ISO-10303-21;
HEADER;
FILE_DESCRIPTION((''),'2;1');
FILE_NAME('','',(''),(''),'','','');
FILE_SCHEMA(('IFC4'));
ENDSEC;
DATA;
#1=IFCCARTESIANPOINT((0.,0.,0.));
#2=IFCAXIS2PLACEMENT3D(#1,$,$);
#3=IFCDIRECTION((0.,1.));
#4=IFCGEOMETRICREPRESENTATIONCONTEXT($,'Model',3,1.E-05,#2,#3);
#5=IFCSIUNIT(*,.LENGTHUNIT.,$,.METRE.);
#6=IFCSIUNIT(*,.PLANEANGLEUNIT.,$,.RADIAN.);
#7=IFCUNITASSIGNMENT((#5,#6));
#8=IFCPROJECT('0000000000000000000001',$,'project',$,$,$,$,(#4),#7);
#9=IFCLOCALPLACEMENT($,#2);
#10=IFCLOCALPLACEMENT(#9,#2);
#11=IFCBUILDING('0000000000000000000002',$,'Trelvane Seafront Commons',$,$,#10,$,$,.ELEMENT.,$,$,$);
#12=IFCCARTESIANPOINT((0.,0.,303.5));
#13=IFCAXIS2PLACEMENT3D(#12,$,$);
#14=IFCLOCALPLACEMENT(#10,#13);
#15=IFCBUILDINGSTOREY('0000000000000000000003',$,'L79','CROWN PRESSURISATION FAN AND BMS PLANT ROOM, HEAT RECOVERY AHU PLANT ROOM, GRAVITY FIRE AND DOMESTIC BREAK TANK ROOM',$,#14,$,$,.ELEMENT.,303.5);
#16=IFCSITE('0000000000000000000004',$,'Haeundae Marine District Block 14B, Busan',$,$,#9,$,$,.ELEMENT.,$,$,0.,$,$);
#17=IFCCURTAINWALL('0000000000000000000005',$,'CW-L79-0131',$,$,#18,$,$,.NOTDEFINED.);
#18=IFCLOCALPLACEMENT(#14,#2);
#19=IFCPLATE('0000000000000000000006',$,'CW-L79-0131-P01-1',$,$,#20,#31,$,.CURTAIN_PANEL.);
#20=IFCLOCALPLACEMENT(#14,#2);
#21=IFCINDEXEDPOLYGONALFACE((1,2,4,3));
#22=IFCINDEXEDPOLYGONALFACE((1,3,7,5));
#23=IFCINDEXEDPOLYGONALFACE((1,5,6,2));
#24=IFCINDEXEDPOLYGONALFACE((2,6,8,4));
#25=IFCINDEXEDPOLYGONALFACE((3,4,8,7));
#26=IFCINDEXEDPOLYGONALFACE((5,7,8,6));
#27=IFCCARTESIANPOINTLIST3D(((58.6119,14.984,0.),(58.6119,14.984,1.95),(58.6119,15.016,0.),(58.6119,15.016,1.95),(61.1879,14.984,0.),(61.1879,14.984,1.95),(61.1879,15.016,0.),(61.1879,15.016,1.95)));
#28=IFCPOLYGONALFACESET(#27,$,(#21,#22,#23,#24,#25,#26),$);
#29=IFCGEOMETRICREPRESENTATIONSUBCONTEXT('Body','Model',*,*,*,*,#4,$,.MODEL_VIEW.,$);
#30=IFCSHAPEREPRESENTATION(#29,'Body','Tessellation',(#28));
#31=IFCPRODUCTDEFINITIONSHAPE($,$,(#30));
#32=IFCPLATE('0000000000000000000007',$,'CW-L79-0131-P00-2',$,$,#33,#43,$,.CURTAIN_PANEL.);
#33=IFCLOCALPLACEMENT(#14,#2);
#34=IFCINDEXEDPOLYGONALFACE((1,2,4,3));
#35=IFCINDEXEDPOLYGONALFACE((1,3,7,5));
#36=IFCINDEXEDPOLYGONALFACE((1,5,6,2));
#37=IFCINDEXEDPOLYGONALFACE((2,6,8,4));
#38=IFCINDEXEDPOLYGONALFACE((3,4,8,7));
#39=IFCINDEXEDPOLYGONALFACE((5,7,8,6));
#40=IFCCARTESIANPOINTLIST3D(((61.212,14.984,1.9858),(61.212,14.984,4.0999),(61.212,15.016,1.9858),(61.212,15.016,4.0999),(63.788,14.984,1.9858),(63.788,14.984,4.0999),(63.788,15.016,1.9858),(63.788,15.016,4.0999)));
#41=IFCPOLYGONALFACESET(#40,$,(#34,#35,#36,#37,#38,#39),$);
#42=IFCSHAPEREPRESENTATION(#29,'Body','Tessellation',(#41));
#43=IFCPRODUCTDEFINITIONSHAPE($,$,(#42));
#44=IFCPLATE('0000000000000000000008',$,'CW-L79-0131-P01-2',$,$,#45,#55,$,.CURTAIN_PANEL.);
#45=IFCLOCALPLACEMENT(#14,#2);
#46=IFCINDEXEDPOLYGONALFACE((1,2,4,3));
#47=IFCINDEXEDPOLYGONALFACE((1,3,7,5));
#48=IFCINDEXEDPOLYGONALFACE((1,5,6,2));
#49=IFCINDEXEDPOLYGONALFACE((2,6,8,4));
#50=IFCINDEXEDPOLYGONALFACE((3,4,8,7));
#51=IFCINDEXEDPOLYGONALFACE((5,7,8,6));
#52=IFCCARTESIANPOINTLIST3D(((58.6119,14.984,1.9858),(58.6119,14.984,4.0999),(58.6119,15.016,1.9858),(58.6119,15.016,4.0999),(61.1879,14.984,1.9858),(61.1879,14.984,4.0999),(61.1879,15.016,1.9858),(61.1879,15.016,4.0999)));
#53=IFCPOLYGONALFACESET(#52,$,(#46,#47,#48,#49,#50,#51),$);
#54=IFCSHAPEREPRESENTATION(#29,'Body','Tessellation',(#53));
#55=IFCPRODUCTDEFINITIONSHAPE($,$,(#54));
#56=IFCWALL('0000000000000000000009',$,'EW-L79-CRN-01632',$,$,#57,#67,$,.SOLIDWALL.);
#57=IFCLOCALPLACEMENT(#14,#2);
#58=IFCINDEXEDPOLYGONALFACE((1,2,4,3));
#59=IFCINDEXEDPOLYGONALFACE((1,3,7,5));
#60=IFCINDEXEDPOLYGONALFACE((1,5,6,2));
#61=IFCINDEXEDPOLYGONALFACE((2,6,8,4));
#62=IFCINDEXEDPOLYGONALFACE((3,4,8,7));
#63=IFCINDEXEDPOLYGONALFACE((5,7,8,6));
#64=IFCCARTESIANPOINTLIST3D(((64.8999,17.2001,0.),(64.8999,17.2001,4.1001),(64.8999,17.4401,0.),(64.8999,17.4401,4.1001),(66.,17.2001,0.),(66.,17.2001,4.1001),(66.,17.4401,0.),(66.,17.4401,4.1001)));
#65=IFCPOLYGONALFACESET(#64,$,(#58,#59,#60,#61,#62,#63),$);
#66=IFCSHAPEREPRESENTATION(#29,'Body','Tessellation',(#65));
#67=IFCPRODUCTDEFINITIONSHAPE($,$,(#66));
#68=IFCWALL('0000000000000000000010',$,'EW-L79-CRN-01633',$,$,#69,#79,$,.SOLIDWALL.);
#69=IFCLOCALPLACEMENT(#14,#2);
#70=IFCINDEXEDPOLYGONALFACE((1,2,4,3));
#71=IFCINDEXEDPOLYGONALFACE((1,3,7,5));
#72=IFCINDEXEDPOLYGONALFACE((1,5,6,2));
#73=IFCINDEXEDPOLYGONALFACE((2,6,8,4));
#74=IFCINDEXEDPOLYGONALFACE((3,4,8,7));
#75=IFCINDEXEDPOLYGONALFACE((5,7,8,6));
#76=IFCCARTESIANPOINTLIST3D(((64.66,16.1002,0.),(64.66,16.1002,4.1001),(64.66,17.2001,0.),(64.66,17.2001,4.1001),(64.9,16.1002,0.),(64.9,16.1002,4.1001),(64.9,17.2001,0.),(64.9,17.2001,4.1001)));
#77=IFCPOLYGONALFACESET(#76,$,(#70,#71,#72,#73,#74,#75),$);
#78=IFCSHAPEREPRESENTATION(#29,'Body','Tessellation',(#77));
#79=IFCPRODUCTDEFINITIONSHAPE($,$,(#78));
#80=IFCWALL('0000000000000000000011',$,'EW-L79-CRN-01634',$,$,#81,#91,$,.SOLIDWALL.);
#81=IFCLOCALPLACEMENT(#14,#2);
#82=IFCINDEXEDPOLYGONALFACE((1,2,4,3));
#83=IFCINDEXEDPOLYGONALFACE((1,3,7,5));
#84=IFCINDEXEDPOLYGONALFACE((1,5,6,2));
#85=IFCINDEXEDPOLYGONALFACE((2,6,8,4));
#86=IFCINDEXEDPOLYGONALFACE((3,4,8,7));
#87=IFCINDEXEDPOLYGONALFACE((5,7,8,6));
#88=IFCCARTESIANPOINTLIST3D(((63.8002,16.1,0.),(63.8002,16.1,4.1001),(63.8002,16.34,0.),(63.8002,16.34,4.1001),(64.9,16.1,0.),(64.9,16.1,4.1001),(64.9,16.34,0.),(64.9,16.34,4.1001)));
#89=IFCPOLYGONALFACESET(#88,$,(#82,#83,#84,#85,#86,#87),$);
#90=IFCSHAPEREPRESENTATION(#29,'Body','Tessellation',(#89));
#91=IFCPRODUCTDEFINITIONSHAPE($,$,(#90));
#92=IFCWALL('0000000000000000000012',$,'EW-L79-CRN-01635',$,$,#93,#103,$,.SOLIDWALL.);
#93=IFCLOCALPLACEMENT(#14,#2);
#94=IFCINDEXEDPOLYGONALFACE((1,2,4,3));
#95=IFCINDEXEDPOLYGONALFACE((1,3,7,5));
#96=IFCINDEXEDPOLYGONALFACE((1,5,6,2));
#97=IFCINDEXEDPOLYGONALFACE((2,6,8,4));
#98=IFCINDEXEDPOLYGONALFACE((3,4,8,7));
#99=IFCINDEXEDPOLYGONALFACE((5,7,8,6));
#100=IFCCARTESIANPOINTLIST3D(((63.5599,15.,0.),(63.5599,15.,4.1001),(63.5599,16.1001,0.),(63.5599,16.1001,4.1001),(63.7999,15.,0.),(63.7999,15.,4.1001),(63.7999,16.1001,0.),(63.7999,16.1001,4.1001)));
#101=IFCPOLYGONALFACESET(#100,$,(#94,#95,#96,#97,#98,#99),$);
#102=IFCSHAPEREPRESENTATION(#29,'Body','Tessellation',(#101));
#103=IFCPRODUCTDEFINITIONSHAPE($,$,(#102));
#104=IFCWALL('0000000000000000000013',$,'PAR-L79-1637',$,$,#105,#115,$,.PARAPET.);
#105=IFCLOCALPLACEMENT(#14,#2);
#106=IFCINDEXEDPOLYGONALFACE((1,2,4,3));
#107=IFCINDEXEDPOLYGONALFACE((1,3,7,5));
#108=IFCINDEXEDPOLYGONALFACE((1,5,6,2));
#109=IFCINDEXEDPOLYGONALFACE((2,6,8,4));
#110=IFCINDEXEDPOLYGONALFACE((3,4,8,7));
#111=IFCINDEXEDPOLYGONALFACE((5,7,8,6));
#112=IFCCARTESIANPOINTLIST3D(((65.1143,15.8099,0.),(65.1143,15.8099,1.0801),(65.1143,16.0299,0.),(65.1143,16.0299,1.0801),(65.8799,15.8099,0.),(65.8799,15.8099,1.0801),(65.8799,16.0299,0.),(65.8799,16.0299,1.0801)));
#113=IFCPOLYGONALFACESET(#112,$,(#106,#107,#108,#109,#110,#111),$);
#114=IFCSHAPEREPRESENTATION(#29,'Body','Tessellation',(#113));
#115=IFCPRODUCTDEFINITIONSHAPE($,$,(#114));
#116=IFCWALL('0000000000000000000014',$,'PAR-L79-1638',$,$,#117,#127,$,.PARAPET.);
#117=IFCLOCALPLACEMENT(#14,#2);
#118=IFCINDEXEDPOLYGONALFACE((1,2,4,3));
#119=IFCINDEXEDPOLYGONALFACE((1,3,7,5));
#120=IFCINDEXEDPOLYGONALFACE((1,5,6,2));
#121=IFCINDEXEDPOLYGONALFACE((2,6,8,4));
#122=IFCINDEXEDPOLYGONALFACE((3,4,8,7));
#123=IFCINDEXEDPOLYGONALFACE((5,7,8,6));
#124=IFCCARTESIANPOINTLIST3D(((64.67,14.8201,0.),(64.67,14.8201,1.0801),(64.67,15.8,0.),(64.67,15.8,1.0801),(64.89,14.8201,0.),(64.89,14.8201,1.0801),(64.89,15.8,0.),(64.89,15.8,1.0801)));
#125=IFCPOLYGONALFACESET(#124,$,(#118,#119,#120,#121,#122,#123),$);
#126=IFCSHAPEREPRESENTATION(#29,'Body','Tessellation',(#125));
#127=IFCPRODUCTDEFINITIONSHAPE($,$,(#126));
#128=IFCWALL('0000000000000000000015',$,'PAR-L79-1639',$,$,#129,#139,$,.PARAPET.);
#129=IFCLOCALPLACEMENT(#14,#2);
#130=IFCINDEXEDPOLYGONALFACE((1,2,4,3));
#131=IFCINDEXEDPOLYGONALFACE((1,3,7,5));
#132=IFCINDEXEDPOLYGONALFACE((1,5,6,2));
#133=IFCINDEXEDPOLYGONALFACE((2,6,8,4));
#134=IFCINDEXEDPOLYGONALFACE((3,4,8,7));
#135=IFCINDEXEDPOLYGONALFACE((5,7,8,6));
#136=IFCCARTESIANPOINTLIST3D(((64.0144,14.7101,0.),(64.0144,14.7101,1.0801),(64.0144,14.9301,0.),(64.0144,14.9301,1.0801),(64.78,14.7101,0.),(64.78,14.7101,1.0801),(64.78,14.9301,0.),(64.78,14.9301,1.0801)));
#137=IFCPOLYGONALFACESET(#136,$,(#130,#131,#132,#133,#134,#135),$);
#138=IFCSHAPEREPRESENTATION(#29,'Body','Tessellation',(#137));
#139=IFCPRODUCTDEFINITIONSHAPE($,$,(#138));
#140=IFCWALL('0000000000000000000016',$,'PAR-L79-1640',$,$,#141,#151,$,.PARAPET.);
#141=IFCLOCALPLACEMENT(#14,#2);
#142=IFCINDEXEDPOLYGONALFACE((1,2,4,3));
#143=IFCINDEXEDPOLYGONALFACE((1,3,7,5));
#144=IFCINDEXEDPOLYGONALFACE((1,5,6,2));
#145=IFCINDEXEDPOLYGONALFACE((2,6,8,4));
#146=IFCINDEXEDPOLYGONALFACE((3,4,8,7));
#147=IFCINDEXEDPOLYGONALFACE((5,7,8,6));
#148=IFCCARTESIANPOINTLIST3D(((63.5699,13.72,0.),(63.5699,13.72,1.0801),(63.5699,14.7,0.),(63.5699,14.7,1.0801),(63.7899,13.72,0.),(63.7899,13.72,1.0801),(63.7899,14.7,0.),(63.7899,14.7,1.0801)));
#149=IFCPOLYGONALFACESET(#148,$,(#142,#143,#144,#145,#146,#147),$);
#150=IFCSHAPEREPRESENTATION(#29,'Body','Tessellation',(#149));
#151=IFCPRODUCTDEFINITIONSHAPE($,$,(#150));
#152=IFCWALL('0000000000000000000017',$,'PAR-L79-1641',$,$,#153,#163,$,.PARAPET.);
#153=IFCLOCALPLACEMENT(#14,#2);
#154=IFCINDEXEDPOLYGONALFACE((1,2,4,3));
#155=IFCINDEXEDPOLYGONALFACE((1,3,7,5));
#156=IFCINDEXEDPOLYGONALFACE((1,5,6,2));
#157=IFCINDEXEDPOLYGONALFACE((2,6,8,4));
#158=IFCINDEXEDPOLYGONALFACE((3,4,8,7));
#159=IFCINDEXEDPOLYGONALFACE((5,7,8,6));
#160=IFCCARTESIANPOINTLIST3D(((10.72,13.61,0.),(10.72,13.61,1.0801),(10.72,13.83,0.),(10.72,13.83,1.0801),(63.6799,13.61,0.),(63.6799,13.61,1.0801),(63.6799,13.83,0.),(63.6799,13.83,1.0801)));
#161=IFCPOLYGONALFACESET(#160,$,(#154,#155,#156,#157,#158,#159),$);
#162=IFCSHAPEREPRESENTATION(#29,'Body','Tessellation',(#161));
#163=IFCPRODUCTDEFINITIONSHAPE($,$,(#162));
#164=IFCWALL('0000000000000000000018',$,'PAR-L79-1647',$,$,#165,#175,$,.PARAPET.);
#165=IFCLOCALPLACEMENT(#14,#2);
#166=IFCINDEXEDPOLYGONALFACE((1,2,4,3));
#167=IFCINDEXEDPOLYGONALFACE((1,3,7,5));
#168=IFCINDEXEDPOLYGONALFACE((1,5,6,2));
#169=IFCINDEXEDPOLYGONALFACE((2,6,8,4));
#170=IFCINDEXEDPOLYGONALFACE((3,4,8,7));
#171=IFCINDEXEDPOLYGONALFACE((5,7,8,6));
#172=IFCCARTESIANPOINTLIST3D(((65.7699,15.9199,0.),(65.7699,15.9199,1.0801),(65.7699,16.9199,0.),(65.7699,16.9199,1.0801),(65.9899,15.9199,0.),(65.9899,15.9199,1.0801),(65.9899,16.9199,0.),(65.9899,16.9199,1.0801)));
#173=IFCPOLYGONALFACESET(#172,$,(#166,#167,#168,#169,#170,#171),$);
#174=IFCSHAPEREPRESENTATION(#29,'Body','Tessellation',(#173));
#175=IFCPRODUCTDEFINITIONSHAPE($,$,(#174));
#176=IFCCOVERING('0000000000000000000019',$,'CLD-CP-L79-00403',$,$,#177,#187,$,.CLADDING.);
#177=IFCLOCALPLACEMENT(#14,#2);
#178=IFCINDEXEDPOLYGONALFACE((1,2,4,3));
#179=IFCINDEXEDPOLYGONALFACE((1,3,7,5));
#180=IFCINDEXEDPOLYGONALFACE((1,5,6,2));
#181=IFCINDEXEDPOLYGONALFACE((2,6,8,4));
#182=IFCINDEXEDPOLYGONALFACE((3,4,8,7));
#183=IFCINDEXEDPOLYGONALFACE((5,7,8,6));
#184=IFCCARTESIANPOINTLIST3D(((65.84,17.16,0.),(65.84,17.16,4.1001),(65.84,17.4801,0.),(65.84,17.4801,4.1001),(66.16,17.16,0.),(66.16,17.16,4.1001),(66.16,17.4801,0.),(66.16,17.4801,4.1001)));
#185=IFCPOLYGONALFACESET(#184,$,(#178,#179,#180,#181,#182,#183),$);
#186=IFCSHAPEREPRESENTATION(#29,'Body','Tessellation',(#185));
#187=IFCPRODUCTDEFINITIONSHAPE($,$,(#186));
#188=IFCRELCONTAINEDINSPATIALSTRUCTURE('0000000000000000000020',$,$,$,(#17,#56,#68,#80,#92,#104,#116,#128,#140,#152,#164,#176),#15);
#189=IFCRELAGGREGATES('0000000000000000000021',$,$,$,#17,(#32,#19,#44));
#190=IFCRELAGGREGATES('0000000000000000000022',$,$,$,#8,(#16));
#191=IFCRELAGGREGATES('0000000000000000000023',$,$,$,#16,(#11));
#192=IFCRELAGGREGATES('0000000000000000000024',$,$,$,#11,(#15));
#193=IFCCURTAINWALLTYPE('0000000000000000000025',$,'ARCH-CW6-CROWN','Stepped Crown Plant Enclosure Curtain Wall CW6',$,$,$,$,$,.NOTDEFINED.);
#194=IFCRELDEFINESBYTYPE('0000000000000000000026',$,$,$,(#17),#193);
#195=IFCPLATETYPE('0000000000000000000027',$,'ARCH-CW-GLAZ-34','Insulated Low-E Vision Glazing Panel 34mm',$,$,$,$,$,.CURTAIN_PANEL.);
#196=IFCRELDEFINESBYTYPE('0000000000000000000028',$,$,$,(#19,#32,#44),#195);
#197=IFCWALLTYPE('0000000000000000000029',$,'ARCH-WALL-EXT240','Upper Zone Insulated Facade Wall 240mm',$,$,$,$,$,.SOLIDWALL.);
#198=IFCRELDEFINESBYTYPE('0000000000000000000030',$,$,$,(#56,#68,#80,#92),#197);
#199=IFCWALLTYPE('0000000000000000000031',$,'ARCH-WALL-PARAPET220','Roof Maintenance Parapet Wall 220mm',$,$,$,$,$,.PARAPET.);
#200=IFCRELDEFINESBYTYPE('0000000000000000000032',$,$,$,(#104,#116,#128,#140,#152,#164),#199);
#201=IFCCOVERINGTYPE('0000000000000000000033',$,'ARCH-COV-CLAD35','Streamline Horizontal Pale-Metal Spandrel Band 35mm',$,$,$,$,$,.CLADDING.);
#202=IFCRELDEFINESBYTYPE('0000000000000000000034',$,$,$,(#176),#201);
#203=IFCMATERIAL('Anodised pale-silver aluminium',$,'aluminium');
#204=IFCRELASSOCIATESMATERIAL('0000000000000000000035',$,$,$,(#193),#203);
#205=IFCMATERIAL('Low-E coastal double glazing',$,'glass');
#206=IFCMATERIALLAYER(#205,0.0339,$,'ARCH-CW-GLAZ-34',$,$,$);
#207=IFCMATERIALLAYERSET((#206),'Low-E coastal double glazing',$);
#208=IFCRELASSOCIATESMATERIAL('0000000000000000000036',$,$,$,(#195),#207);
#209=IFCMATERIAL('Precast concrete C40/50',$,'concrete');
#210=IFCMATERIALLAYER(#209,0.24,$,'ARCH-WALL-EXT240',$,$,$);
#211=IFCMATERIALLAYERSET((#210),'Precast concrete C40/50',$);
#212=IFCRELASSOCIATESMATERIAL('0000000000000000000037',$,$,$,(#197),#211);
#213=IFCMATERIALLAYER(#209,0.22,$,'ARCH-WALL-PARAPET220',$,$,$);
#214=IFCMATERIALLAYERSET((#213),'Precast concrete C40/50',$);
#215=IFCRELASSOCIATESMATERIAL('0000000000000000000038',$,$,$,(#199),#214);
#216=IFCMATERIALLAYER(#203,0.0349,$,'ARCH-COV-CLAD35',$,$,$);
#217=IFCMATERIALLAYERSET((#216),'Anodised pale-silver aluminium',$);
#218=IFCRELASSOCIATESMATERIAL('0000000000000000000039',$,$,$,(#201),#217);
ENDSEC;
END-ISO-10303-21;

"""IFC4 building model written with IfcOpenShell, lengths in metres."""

from ifc_helpers import new_model, si_unit, direction, frame, frame_2d, origin, origin_2d, place, context, subcontext, project, spatial, rectangle, extrude, source, transform, mapped, material, layer, layer_set, type_object, element, aggregate, save


model = new_model("IFC4")

# Units and contexts
model_context = context("Model", 3, precision=1e-05, world=origin(), true_north=direction((0.0, 1.0)))
body_context = subcontext(model_context, "Body", "Model", "MODEL_VIEW")
ifc_project = project(units=[si_unit("LENGTHUNIT", "METRE"), si_unit("PLANEANGLEUNIT", "RADIAN")], contexts=[model_context])

# Site, building, storey
site_placement = place(None, origin())
site = spatial("IfcSite", under=ifc_project, at=site_placement, Name="Haeundae Marine District Block 14B, Busan", CompositionType="ELEMENT", RefElevation=0.0)
building_placement = place(site_placement, origin())
building = spatial("IfcBuilding", under=site, at=building_placement, Name="Trelvane Seafront Commons", CompositionType="ELEMENT")
storey_placement = place(building_placement, frame((0.0, 0.0, 303.5)))
storey = spatial("IfcBuildingStorey", under=building, at=storey_placement, Name="L79", Description="CROWN PRESSURISATION FAN AND BMS PLANT ROOM, HEAT RECOVERY AHU PLANT ROOM, GRAVITY FIRE AND DOMESTIC BREAK TANK ROOM", CompositionType="ELEMENT", Elevation=303.5)

# Shared definitions
ifc_material_1 = material(Name="Anodised pale-silver aluminium", Category="aluminium")
curtain_wall_type = type_object("IfcCurtainWallType", Name="ARCH-CW6-CROWN", Description="Stepped Crown Plant Enclosure Curtain Wall CW6", PredefinedType="NOTDEFINED", material=ifc_material_1)

# Curtain wall, plates
curtain_wall_1_placement = place(storey_placement, origin())
curtain_wall_1 = element("IfcCurtainWall", 1, at=curtain_wall_1_placement, inside=storey, type_object=curtain_wall_type, Name="CW-L79-0131", PredefinedType="NOTDEFINED")
ifc_material_2 = material(Name="Low-E coastal double glazing", Category="glass")
ifc_layer_1 = layer(ifc_material_2, 0.0339, Name="ARCH-CW-GLAZ-34")
ifc_layer_set_1 = layer_set([ifc_layer_1], Name="Low-E coastal double glazing")
plate_type = type_object("IfcPlateType", Name="ARCH-CW-GLAZ-34", Description="Insulated Low-E Vision Glazing Panel 34mm", PredefinedType="CURTAIN_PANEL", material=ifc_layer_set_1)
shared_shape_1 = source(origin(), body_context, "Body", "SweptSolid", [
    extrude(rectangle(XDim=2.5759, YDim=0.032, at=origin_2d()), origin(), (0.0, 0.0, 1.0), 1.95),
])
plate_1_placement = place(storey_placement, frame((59.8999, 15.0, 0.0), z_axis=(0.0, 0.0, 1.0), x_axis=(-1.0, 0.0, 0.0)))
plate_1 = element("IfcPlate", 2, at=plate_1_placement, type_object=plate_type, Name="CW-L79-0131-P01-1", PredefinedType="CURTAIN_PANEL", context=body_context, shape_type="MappedRepresentation", body=[
    mapped(shared_shape_1, transform((0.0, 0.0, 0.0), x_axis=(1.0, 0.0, 0.0), y_axis=(0.0, 1.0, 0.0), z_axis=(0.0, 0.0, 1.0), scale=1.0)),
])
shared_shape_2 = source(origin(), body_context, "Body", "SweptSolid", [
    extrude(rectangle(XDim=2.5759, YDim=0.032, at=origin_2d()), origin(), (0.0, 0.0, 1.0), 2.114),
])
plate_2_placement = place(storey_placement, frame((62.5, 15.0, 1.9858), z_axis=(0.0, 0.0, 1.0), x_axis=(-1.0, 0.0, 0.0)))
plate_2 = element("IfcPlate", 3, at=plate_2_placement, type_object=plate_type, Name="CW-L79-0131-P00-2", PredefinedType="CURTAIN_PANEL", context=body_context, shape_type="MappedRepresentation", body=[
    mapped(shared_shape_2, transform((0.0, 0.0, 0.0), x_axis=(1.0, 0.0, 0.0), y_axis=(0.0, 1.0, 0.0), z_axis=(0.0, 0.0, 1.0), scale=1.0)),
])
plate_3_placement = place(storey_placement, frame((59.8999, 15.0, 1.9858), z_axis=(0.0, 0.0, 1.0), x_axis=(-1.0, 0.0, 0.0)))
plate_3 = element("IfcPlate", 4, at=plate_3_placement, type_object=plate_type, Name="CW-L79-0131-P01-2", PredefinedType="CURTAIN_PANEL", context=body_context, shape_type="MappedRepresentation", body=[
    mapped(shared_shape_2, transform((0.0, 0.0, 0.0), x_axis=(1.0, 0.0, 0.0), y_axis=(0.0, 1.0, 0.0), z_axis=(0.0, 0.0, 1.0), scale=1.0)),
])
aggregate(curtain_wall_1, [plate_2, plate_1, plate_3])

# Walls
ifc_material_3 = material(Name="Precast concrete C40/50", Category="concrete")
ifc_layer_2 = layer(ifc_material_3, 0.24, Name="ARCH-WALL-EXT240")
ifc_layer_set_2 = layer_set([ifc_layer_2], Name="Precast concrete C40/50")
wall_type_1 = type_object("IfcWallType", Name="ARCH-WALL-EXT240", Description="Upper Zone Insulated Facade Wall 240mm", PredefinedType="SOLIDWALL", material=ifc_layer_set_2)
wall_1_placement = place(storey_placement, frame((66.0, 17.3201, 0.0), z_axis=(0.0, 0.0, 1.0), x_axis=(-1.0, 0.0, 0.0)))
element("IfcWall", 5, at=wall_1_placement, inside=storey, type_object=wall_type_1, Name="EW-L79-CRN-01632", PredefinedType="SOLIDWALL", context=body_context, shape_type="SweptSolid", body=[
    extrude(rectangle(XDim=1.1001, YDim=0.24, at=frame_2d((0.55, 0.0))), origin(), (0.0, 0.0, 1.0), 4.1001),
])
for number, where, z_axis, x_axis, name in (
    (6, (64.78, 17.2, 0.0), (0.0, 0.0, 1.0), (0.0, -1.0, 0.0), "EW-L79-CRN-01633"),
    (7, (64.8999, 16.22, 0.0), (0.0, 0.0, 1.0), (-1.0, 0.0, 0.0), "EW-L79-CRN-01634"),
):
    element("IfcWall", number, at=place(storey_placement, frame(where, z_axis=z_axis, x_axis=x_axis)), inside=storey, type_object=wall_type_1, Name=name, PredefinedType="SOLIDWALL", context=body_context, shape_type="SweptSolid", body=[
        extrude(rectangle(XDim=1.0999, YDim=0.24, at=frame_2d((0.5498, 0.0))), origin(), (0.0, 0.0, 1.0), 4.1001),
    ])
wall_2_placement = place(storey_placement, frame((63.6799, 16.1001, 0.0), z_axis=(0.0, 0.0, 1.0), x_axis=(0.0, -1.0, 0.0)))
element("IfcWall", 8, at=wall_2_placement, inside=storey, type_object=wall_type_1, Name="EW-L79-CRN-01635", PredefinedType="SOLIDWALL", context=body_context, shape_type="SweptSolid", body=[
    extrude(rectangle(XDim=1.1001, YDim=0.24, at=frame_2d((0.55, 0.0))), origin(), (0.0, 0.0, 1.0), 4.1001),
])
ifc_layer_3 = layer(ifc_material_3, 0.22, Name="ARCH-WALL-PARAPET220")
ifc_layer_set_3 = layer_set([ifc_layer_3], Name="Precast concrete C40/50")
wall_type_2 = type_object("IfcWallType", Name="ARCH-WALL-PARAPET220", Description="Roof Maintenance Parapet Wall 220mm", PredefinedType="PARAPET", material=ifc_layer_set_3)
wall_3_placement = place(storey_placement, frame((65.8799, 15.9199, 0.0), z_axis=(0.0, 0.0, 1.0), x_axis=(-1.0, 0.0, 0.0)))
element("IfcWall", 9, at=wall_3_placement, inside=storey, type_object=wall_type_2, Name="PAR-L79-1637", PredefinedType="PARAPET", context=body_context, shape_type="SweptSolid", body=[
    extrude(rectangle(XDim=0.7656, YDim=0.22, at=frame_2d((0.3828, 0.0))), origin(), (0.0, 0.0, 1.0), 1.0801),
])
wall_4_placement = place(storey_placement, frame((64.78, 15.8, 0.0), z_axis=(0.0, 0.0, 1.0), x_axis=(0.0, -1.0, 0.0)))
element("IfcWall", 10, at=wall_4_placement, inside=storey, type_object=wall_type_2, Name="PAR-L79-1638", PredefinedType="PARAPET", context=body_context, shape_type="SweptSolid", body=[
    extrude(rectangle(XDim=0.98, YDim=0.22, at=frame_2d((0.49, 0.0))), origin(), (0.0, 0.0, 1.0), 1.0801),
])
wall_5_placement = place(storey_placement, frame((64.78, 14.8201, 0.0), z_axis=(0.0, 0.0, 1.0), x_axis=(-1.0, 0.0, 0.0)))
element("IfcWall", 11, at=wall_5_placement, inside=storey, type_object=wall_type_2, Name="PAR-L79-1639", PredefinedType="PARAPET", context=body_context, shape_type="SweptSolid", body=[
    extrude(rectangle(XDim=0.7656, YDim=0.22, at=frame_2d((0.3828, 0.0))), origin(), (0.0, 0.0, 1.0), 1.0801),
])
wall_6_placement = place(storey_placement, frame((63.6799, 14.7, 0.0), z_axis=(0.0, 0.0, 1.0), x_axis=(0.0, -1.0, 0.0)))
element("IfcWall", 12, at=wall_6_placement, inside=storey, type_object=wall_type_2, Name="PAR-L79-1640", PredefinedType="PARAPET", context=body_context, shape_type="SweptSolid", body=[
    extrude(rectangle(XDim=0.98, YDim=0.22, at=frame_2d((0.49, 0.0))), origin(), (0.0, 0.0, 1.0), 1.0801),
])
wall_7_placement = place(storey_placement, frame((63.6799, 13.72, 0.0), z_axis=(0.0, 0.0, 1.0), x_axis=(-1.0, 0.0, 0.0)))
element("IfcWall", 13, at=wall_7_placement, inside=storey, type_object=wall_type_2, Name="PAR-L79-1641", PredefinedType="PARAPET", context=body_context, shape_type="SweptSolid", body=[
    extrude(rectangle(XDim=52.96, YDim=0.22, at=frame_2d((26.48, 0.0))), origin(), (0.0, 0.0, 1.0), 1.0801),
])
wall_8_placement = place(storey_placement, frame((65.8799, 16.9199, 0.0), z_axis=(0.0, 0.0, 1.0), x_axis=(0.0, -1.0, 0.0)))
element("IfcWall", 14, at=wall_8_placement, inside=storey, type_object=wall_type_2, Name="PAR-L79-1647", PredefinedType="PARAPET", context=body_context, shape_type="SweptSolid", body=[
    extrude(rectangle(XDim=1.0, YDim=0.22, at=frame_2d((0.5, 0.0))), origin(), (0.0, 0.0, 1.0), 1.0801),
])

# Covering
ifc_layer_4 = layer(ifc_material_1, 0.0349, Name="ARCH-COV-CLAD35")
ifc_layer_set_4 = layer_set([ifc_layer_4], Name="Anodised pale-silver aluminium")
covering_type = type_object("IfcCoveringType", Name="ARCH-COV-CLAD35", Description="Streamline Horizontal Pale-Metal Spandrel Band 35mm", PredefinedType="CLADDING", material=ifc_layer_set_4)
shared_shape_3 = source(origin(), body_context, "Body", "SweptSolid", [
    extrude(rectangle(XDim=0.3201, YDim=0.3201, at=origin_2d()), origin(), (0.0, 0.0, 1.0), 4.1001),
])
for number, where, z_axis, x_axis, name in (
    (15, (66.0, 17.3201, 0.0), (0.0, 0.0, 1.0), (1.0, 0.0, 0.0), "CLD-CP-L79-00403"),
):
    element("IfcCovering", number, at=place(storey_placement, frame(where, z_axis=z_axis, x_axis=x_axis)), inside=storey, type_object=covering_type, Name=name, PredefinedType="CLADDING", context=body_context, shape_type="MappedRepresentation", body=[
        mapped(shared_shape_3, transform((0.0, 0.0, 0.0), x_axis=(1.0, 0.0, 0.0), y_axis=(0.0, 1.0, 0.0), z_axis=(0.0, 0.0, 1.0), scale=1.0)),
    ])

save(model, "model.ifc")
